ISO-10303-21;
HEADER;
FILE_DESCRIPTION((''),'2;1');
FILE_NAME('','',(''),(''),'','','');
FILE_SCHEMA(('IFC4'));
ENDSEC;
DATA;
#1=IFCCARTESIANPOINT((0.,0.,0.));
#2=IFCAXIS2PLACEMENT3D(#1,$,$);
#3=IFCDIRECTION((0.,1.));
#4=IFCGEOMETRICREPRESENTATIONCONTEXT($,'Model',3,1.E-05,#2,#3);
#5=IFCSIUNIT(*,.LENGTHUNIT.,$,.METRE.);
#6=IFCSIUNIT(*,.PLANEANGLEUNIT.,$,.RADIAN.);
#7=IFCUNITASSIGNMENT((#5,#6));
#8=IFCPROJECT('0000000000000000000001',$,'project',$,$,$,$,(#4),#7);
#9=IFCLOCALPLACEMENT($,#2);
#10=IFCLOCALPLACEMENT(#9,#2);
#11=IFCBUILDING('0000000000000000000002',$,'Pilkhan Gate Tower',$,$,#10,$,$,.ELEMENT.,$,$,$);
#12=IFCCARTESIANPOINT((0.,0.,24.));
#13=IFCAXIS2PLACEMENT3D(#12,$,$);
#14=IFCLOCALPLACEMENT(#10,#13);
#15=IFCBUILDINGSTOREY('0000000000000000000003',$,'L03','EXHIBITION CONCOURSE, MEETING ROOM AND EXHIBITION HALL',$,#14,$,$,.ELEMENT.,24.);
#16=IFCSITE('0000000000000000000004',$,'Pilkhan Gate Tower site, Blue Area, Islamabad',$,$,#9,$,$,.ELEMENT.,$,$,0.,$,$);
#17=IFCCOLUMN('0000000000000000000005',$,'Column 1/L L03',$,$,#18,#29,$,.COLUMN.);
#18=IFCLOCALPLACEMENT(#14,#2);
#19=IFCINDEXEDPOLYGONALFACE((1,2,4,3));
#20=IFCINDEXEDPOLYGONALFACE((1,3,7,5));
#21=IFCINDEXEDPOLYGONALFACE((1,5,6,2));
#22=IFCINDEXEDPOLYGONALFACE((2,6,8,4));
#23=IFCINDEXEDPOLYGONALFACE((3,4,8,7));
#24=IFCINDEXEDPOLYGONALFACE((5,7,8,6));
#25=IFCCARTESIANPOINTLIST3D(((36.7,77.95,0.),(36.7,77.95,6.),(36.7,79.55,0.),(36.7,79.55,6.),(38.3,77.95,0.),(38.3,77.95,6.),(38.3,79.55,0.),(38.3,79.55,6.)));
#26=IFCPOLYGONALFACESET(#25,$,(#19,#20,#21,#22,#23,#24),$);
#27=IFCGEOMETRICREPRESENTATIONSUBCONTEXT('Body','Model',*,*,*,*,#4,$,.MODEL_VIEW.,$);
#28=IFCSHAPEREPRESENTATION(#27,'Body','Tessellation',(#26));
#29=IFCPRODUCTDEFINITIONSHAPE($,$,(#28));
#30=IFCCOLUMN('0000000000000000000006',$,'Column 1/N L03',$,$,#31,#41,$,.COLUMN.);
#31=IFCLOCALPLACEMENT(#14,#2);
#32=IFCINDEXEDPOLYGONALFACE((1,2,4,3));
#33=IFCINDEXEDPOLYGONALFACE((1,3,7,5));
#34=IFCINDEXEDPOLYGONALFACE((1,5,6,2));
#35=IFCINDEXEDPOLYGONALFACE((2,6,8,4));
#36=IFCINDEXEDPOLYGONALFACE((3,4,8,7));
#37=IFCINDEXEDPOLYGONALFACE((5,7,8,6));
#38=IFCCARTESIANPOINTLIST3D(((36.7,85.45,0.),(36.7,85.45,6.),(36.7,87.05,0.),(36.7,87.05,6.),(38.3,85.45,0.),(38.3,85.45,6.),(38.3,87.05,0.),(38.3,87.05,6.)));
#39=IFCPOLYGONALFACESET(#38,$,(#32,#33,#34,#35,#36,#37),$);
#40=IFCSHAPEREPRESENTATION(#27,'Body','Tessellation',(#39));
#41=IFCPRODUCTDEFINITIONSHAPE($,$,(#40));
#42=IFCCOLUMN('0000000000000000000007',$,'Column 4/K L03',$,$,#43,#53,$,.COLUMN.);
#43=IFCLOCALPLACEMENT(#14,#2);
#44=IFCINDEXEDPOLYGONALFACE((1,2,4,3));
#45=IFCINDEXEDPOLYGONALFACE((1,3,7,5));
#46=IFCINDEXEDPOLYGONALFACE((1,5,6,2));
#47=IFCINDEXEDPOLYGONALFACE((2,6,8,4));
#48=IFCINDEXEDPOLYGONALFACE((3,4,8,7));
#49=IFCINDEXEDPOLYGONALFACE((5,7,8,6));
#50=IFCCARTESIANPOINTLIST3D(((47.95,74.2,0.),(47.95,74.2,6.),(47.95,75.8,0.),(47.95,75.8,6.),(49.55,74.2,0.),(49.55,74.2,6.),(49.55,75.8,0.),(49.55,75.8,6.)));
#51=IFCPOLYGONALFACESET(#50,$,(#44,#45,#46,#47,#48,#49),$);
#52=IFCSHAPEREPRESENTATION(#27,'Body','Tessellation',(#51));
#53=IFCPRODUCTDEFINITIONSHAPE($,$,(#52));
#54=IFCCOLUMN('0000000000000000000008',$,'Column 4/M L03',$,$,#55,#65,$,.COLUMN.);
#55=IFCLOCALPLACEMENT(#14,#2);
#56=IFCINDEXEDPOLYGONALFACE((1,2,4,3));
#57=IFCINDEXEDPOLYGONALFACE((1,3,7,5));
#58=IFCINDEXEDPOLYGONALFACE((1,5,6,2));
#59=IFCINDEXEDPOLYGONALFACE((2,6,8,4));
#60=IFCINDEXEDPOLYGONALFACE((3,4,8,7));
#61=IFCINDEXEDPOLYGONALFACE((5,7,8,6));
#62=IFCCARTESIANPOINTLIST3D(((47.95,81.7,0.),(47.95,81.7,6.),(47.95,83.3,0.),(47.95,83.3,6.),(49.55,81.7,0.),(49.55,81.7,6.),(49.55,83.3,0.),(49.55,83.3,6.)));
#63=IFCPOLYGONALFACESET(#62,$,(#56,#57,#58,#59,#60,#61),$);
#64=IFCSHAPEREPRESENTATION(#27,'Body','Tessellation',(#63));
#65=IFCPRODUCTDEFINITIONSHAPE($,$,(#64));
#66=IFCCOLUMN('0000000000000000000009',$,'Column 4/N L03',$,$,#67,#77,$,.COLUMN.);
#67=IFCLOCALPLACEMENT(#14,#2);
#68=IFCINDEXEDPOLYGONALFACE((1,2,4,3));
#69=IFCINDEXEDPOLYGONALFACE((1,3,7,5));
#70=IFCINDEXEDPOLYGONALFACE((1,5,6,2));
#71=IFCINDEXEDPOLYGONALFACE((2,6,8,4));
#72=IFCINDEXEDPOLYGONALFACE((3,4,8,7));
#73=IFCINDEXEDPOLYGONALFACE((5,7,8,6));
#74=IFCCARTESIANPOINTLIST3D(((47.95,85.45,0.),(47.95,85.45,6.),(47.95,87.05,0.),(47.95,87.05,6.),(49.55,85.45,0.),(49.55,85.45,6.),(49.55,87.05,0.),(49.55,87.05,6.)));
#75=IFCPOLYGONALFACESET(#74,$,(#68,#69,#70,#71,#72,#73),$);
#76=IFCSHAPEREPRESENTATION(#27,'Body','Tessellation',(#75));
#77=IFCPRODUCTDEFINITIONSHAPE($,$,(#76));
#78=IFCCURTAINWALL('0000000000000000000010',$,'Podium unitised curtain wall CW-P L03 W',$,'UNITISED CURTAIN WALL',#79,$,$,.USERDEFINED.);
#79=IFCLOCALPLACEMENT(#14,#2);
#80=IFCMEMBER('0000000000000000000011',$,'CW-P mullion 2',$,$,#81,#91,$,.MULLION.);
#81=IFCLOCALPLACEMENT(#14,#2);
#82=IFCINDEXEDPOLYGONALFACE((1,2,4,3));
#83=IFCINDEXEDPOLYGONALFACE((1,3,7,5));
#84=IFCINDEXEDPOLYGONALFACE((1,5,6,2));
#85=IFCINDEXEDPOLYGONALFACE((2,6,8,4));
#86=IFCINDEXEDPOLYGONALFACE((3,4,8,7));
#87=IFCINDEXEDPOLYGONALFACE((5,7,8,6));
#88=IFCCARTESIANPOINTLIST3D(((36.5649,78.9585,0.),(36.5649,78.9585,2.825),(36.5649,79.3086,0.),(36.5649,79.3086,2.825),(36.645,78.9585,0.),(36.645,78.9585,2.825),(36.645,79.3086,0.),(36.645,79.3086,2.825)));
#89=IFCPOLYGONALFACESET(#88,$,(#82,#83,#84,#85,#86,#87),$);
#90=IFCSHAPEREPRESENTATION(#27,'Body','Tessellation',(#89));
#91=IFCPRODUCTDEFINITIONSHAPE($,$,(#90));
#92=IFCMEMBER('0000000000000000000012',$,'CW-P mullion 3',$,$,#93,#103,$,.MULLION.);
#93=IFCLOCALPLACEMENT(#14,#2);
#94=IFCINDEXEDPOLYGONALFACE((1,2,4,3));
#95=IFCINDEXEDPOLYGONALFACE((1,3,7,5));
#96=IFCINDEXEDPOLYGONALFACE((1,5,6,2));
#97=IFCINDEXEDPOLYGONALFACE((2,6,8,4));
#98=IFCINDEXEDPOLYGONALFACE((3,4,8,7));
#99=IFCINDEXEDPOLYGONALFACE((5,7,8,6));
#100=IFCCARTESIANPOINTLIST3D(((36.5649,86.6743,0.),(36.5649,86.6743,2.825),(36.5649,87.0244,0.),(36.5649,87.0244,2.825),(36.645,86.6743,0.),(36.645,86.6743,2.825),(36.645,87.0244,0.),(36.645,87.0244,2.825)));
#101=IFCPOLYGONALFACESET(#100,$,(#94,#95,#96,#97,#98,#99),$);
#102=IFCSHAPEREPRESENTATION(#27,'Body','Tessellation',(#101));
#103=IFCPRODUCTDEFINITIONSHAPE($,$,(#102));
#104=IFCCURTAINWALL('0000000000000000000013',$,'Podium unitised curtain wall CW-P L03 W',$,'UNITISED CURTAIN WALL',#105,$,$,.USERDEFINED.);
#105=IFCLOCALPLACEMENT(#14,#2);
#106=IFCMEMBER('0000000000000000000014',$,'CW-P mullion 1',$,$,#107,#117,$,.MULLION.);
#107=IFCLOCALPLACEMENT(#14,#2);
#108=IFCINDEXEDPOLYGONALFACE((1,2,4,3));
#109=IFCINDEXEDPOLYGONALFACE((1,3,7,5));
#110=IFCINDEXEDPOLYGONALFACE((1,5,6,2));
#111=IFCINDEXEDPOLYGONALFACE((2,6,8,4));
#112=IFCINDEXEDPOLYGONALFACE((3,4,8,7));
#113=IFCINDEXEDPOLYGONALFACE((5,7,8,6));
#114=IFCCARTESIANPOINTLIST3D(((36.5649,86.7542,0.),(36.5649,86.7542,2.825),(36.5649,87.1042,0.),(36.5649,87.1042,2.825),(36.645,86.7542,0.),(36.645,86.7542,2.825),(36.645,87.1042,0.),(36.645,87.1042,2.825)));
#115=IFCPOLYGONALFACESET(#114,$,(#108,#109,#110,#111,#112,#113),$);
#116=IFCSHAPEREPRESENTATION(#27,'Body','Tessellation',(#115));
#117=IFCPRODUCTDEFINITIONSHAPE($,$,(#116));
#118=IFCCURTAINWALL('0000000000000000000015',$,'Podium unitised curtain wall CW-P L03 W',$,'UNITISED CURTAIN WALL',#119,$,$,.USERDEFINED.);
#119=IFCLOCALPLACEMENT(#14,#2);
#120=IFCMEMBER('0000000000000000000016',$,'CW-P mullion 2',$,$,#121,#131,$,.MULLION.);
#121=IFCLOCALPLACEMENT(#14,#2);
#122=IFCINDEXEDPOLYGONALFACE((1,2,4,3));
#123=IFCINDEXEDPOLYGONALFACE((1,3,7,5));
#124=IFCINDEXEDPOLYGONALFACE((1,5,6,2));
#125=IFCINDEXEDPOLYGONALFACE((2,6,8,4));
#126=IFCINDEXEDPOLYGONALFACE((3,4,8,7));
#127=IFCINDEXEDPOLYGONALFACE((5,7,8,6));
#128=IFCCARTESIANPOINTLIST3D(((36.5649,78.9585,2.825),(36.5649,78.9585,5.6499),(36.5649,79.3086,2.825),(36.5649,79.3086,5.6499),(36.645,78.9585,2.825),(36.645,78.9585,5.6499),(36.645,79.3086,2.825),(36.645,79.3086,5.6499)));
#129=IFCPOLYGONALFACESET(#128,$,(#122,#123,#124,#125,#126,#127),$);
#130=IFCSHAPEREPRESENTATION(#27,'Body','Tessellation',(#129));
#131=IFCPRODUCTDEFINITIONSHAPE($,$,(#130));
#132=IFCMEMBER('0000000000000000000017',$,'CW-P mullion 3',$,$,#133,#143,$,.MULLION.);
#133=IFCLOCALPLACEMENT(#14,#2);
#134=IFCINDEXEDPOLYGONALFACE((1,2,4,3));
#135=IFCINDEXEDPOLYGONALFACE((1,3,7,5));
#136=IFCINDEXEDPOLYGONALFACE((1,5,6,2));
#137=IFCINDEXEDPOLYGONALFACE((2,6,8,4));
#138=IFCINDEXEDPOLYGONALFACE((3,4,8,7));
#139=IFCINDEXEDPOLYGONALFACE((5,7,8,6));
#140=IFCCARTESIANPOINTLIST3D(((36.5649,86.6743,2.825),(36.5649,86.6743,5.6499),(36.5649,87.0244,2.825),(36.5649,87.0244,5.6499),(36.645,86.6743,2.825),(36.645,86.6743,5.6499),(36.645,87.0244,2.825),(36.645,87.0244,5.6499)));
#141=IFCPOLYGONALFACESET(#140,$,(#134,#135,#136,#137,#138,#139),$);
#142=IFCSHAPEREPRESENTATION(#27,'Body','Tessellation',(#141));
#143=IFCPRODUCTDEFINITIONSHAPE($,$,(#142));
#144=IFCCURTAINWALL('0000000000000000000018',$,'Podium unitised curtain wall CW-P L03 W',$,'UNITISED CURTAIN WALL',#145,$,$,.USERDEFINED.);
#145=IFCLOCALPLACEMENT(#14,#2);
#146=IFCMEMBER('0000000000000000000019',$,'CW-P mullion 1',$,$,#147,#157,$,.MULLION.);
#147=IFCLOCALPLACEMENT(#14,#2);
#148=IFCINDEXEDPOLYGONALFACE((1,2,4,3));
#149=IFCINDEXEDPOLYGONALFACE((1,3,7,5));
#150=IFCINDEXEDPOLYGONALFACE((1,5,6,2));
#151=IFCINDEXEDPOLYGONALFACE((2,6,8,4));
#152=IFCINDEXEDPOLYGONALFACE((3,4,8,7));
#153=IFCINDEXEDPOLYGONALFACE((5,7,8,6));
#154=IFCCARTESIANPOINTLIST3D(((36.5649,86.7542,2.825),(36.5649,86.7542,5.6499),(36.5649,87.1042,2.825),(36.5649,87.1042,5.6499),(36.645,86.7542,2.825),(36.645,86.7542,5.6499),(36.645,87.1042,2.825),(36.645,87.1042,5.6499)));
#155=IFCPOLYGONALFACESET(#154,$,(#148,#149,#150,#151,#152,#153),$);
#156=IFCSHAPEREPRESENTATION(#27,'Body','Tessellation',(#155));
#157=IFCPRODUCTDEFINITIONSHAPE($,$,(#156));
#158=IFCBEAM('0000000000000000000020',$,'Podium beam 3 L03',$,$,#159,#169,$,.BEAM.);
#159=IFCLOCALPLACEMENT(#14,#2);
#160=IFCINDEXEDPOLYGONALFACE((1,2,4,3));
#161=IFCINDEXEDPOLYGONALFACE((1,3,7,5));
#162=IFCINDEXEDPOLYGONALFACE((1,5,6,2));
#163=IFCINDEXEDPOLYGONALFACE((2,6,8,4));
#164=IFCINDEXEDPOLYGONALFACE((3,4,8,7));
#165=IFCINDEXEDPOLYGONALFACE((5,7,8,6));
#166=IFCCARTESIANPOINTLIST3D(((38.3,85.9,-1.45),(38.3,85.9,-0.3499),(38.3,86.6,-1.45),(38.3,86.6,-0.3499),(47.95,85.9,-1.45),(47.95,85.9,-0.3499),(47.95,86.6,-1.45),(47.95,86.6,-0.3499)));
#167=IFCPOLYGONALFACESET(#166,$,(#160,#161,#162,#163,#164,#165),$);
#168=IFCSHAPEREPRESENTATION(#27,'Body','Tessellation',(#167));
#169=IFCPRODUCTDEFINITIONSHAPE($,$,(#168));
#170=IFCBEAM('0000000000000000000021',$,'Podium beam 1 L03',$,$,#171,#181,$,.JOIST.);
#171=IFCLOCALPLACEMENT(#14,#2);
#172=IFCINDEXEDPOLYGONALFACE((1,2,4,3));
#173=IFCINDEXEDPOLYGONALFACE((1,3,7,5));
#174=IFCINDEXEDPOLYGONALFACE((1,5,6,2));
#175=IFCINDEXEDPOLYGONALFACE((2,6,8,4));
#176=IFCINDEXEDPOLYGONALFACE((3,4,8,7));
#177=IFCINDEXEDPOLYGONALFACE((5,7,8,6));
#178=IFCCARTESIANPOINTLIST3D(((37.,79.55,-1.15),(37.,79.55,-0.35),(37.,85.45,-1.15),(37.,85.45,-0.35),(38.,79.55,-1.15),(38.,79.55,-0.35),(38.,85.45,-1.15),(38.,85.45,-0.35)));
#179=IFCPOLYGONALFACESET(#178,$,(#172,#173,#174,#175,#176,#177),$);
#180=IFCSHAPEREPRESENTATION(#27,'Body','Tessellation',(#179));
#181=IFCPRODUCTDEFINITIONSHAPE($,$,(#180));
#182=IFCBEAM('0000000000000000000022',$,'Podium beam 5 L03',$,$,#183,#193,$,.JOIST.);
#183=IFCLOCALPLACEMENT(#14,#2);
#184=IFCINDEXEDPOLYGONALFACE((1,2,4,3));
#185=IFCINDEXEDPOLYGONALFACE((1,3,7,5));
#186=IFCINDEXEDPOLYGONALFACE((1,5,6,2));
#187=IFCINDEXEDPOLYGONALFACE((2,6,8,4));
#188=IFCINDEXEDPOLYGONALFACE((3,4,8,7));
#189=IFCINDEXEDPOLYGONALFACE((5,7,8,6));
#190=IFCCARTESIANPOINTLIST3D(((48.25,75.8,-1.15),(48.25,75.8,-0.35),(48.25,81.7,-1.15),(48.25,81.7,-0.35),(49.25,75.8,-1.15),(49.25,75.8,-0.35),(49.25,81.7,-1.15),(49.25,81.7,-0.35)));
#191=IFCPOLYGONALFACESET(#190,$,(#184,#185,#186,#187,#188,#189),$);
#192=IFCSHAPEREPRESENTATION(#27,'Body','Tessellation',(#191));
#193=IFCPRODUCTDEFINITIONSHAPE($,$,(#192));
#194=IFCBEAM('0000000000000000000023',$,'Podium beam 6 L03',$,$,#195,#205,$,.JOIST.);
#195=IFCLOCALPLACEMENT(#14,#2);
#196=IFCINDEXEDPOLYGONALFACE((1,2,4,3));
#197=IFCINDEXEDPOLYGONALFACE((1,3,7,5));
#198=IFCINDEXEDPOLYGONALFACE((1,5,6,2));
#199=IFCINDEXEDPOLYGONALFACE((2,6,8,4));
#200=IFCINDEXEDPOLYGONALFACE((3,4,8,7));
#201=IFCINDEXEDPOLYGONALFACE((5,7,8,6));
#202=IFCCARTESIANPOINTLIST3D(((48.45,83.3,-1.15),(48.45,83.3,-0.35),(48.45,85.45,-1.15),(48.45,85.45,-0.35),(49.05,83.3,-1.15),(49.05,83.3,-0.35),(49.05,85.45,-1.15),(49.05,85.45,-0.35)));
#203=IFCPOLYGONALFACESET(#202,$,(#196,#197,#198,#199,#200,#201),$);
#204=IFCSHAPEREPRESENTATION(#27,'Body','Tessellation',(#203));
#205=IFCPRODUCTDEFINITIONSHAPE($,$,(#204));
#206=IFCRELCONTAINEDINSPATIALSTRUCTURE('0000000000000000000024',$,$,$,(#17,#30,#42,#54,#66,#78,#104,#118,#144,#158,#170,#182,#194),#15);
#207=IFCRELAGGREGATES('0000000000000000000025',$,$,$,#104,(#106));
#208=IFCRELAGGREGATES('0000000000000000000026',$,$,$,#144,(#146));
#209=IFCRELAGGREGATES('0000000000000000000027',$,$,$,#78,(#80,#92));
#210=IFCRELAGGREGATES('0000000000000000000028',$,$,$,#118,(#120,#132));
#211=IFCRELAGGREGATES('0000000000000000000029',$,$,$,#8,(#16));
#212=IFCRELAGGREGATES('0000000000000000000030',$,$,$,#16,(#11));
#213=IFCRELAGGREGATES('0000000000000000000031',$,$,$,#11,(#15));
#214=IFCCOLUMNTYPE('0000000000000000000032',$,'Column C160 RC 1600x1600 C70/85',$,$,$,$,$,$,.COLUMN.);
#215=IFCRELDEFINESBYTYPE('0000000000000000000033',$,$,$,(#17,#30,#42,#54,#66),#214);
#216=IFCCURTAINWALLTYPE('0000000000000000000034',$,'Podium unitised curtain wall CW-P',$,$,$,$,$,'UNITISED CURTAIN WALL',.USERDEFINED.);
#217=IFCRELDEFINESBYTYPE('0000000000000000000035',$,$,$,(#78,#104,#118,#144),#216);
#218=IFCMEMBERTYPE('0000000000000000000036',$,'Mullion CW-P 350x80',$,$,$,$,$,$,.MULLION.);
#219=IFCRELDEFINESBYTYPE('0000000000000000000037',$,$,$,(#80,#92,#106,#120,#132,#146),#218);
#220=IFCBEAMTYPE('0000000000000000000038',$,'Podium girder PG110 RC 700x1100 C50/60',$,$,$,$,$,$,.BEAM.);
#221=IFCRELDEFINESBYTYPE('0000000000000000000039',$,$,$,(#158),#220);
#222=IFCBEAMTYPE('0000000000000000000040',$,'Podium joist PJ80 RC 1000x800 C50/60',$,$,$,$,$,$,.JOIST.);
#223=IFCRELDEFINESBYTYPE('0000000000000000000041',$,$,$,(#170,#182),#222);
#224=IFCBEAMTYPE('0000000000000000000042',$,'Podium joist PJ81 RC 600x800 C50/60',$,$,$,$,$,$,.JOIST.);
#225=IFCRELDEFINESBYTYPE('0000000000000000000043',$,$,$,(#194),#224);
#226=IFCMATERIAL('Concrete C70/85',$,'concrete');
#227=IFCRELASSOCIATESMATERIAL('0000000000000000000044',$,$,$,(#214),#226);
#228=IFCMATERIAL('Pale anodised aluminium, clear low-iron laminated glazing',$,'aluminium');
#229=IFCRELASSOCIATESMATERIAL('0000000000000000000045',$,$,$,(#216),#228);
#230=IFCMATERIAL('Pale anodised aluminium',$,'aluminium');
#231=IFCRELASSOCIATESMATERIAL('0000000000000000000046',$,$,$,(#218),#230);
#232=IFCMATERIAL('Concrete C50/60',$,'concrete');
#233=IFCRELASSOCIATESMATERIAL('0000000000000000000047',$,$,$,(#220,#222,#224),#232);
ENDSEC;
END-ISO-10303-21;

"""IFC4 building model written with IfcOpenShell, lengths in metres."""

from ifc_helpers import new_model, si_unit, direction, frame, origin, origin_2d, place, context, subcontext, project, spatial, rectangle, extrude, material, material_profile, profile_set, type_object, element, aggregate, save


model = new_model("IFC4")

# Units and contexts
model_context = context("Model", 3, precision=1e-05, world=origin(), true_north=direction((0.0, 1.0)))
body_context = subcontext(model_context, "Body", "Model", "MODEL_VIEW")
ifc_project = project(units=[si_unit("LENGTHUNIT", "METRE"), si_unit("PLANEANGLEUNIT", "RADIAN")], contexts=[model_context])

# Site, building, storey
site_placement = place(None, origin())
site = spatial("IfcSite", under=ifc_project, at=site_placement, Name="Pilkhan Gate Tower site, Blue Area, Islamabad", CompositionType="ELEMENT", RefElevation=0.0)
building_placement = place(site_placement, origin())
building = spatial("IfcBuilding", under=site, at=building_placement, Name="Pilkhan Gate Tower", CompositionType="ELEMENT")
storey_placement = place(building_placement, frame((0.0, 0.0, 24.0)))
storey = spatial("IfcBuildingStorey", under=building, at=storey_placement, Name="L03", Description="EXHIBITION CONCOURSE, MEETING ROOM AND EXHIBITION HALL", CompositionType="ELEMENT", Elevation=24.0)

# Columns
ifc_material_1 = material(Name="Concrete C70/85", Category="concrete")
ifc_material_profile_1 = material_profile(ifc_material_1, rectangle(XDim=1.6001, YDim=1.6001, at=origin_2d()), Name="RC 1600x1600")
ifc_profile_set_1 = profile_set([ifc_material_profile_1], Name="Concrete C70/85")
column_type = type_object("IfcColumnType", Name="Column C160 RC 1600x1600 C70/85", PredefinedType="COLUMN", material=ifc_profile_set_1)
for number, where, z_axis, x_axis, name in (
    (1, (37.5, 78.75, 0.0), (0.0, 0.0, 1.0), (1.0, 0.0, 0.0), "Column 1/L L03"),
    (2, (37.5, 86.25, 0.0), (0.0, 0.0, 1.0), (1.0, 0.0, 0.0), "Column 1/N L03"),
    (3, (48.75, 75.0, 0.0), (0.0, 0.0, 1.0), (1.0, 0.0, 0.0), "Column 4/K L03"),
    (4, (48.75, 82.5, 0.0), (0.0, 0.0, 1.0), (1.0, 0.0, 0.0), "Column 4/M L03"),
    (5, (48.75, 86.25, 0.0), (0.0, 0.0, 1.0), (1.0, 0.0, 0.0), "Column 4/N L03"),
):
    element("IfcColumn", number, at=place(storey_placement, frame(where, z_axis=z_axis, x_axis=x_axis)), inside=storey, type_object=column_type, Name=name, PredefinedType="COLUMN", context=body_context, shape_type="SweptSolid", body=[
        extrude(rectangle(XDim=1.6001, YDim=1.6001, at=origin_2d()), origin(), (0.0, 0.0, 1.0), 6.0),
    ])

# Curtain wall, members
ifc_material_2 = material(Name="Pale anodised aluminium, clear low-iron laminated glazing", Category="aluminium")
curtain_wall_type = type_object("IfcCurtainWallType", Name="Podium unitised curtain wall CW-P", ElementType="UNITISED CURTAIN WALL", PredefinedType="USERDEFINED", material=ifc_material_2)
curtain_wall_1_placement = place(storey_placement, origin())
curtain_wall_1 = element("IfcCurtainWall", 6, at=curtain_wall_1_placement, inside=storey, type_object=curtain_wall_type, Name="Podium unitised curtain wall CW-P L03 W", ObjectType="UNITISED CURTAIN WALL", PredefinedType="USERDEFINED")
ifc_material_3 = material(Name="Pale anodised aluminium", Category="aluminium")
ifc_material_profile_2 = material_profile(ifc_material_3, rectangle(XDim=0.0801, YDim=0.3501, at=origin_2d()), Name="Mullion 350x80")
ifc_profile_set_2 = profile_set([ifc_material_profile_2], Name="Pale anodised aluminium")
member_type_1 = type_object("IfcMemberType", Name="Mullion CW-P 350x80", PredefinedType="MULLION", material=ifc_profile_set_2)
member_1_placement = place(storey_placement, frame((36.605, 79.1335, 0.0), z_axis=(0.0, 0.0, 1.0), x_axis=(-1.0, 0.0, 0.0)))
member_1 = element("IfcMember", 7, at=member_1_placement, type_object=member_type_1, Name="CW-P mullion 2", PredefinedType="MULLION", context=body_context, shape_type="SweptSolid", body=[
    extrude(rectangle(XDim=0.0801, YDim=0.3501, at=origin_2d()), origin(), (0.0, 0.0, 1.0), 2.825),
])
member_2_placement = place(storey_placement, frame((36.605, 86.8494, 0.0), z_axis=(0.0, 0.0, 1.0), x_axis=(-1.0, 0.0, 0.0)))
member_2 = element("IfcMember", 8, at=member_2_placement, type_object=member_type_1, Name="CW-P mullion 3", PredefinedType="MULLION", context=body_context, shape_type="SweptSolid", body=[
    extrude(rectangle(XDim=0.0801, YDim=0.3501, at=origin_2d()), origin(), (0.0, 0.0, 1.0), 2.825),
])

# Curtain wall, member
curtain_wall_2_placement = place(storey_placement, origin())
curtain_wall_2 = element("IfcCurtainWall", 9, at=curtain_wall_2_placement, inside=storey, type_object=curtain_wall_type, Name="Podium unitised curtain wall CW-P L03 W", ObjectType="UNITISED CURTAIN WALL", PredefinedType="USERDEFINED")
member_3_placement = place(storey_placement, frame((36.605, 86.9292, 0.0), z_axis=(0.0, 0.0, 1.0), x_axis=(-1.0, 0.0, 0.0)))
member_3 = element("IfcMember", 10, at=member_3_placement, type_object=member_type_1, Name="CW-P mullion 1", PredefinedType="MULLION", context=body_context, shape_type="SweptSolid", body=[
    extrude(rectangle(XDim=0.0801, YDim=0.3501, at=origin_2d()), origin(), (0.0, 0.0, 1.0), 2.825),
])

# Curtain wall, members
curtain_wall_3_placement = place(storey_placement, origin())
curtain_wall_3 = element("IfcCurtainWall", 11, at=curtain_wall_3_placement, inside=storey, type_object=curtain_wall_type, Name="Podium unitised curtain wall CW-P L03 W", ObjectType="UNITISED CURTAIN WALL", PredefinedType="USERDEFINED")
member_4_placement = place(storey_placement, frame((36.605, 79.1335, 2.825), z_axis=(0.0, 0.0, 1.0), x_axis=(-1.0, 0.0, 0.0)))
member_4 = element("IfcMember", 12, at=member_4_placement, type_object=member_type_1, Name="CW-P mullion 2", PredefinedType="MULLION", context=body_context, shape_type="SweptSolid", body=[
    extrude(rectangle(XDim=0.0801, YDim=0.3501, at=origin_2d()), origin(), (0.0, 0.0, 1.0), 2.825),
])
member_5_placement = place(storey_placement, frame((36.605, 86.8494, 2.825), z_axis=(0.0, 0.0, 1.0), x_axis=(-1.0, 0.0, 0.0)))
member_5 = element("IfcMember", 13, at=member_5_placement, type_object=member_type_1, Name="CW-P mullion 3", PredefinedType="MULLION", context=body_context, shape_type="SweptSolid", body=[
    extrude(rectangle(XDim=0.0801, YDim=0.3501, at=origin_2d()), origin(), (0.0, 0.0, 1.0), 2.825),
])

# Curtain wall, member
curtain_wall_4_placement = place(storey_placement, origin())
curtain_wall_4 = element("IfcCurtainWall", 14, at=curtain_wall_4_placement, inside=storey, type_object=curtain_wall_type, Name="Podium unitised curtain wall CW-P L03 W", ObjectType="UNITISED CURTAIN WALL", PredefinedType="USERDEFINED")
member_6_placement = place(storey_placement, frame((36.605, 86.9292, 2.825), z_axis=(0.0, 0.0, 1.0), x_axis=(-1.0, 0.0, 0.0)))
member_6 = element("IfcMember", 15, at=member_6_placement, type_object=member_type_1, Name="CW-P mullion 1", PredefinedType="MULLION", context=body_context, shape_type="SweptSolid", body=[
    extrude(rectangle(XDim=0.0801, YDim=0.3501, at=origin_2d()), origin(), (0.0, 0.0, 1.0), 2.825),
])

# Beams
ifc_material_4 = material(Name="Concrete C50/60", Category="concrete")
ifc_material_profile_3 = material_profile(ifc_material_4, rectangle(XDim=0.7, YDim=1.1001, at=origin_2d()), Name="RC 700x1100")
ifc_profile_set_3 = profile_set([ifc_material_profile_3], Name="Concrete C50/60")
beam_type_1 = type_object("IfcBeamType", Name="Podium girder PG110 RC 700x1100 C50/60", PredefinedType="BEAM", material=ifc_profile_set_3)
beam_1_placement = place(storey_placement, frame((38.3, 86.25, -0.8999), z_axis=(1.0, 0.0, 0.0), x_axis=(0.0, 1.0, 0.0)))
element("IfcBeam", 16, at=beam_1_placement, inside=storey, type_object=beam_type_1, Name="Podium beam 3 L03", PredefinedType="BEAM", context=body_context, shape_type="SweptSolid", body=[
    extrude(rectangle(XDim=0.7, YDim=1.1001, at=origin_2d()), origin(), (0.0, 0.0, 1.0), 9.6499),
])
ifc_material_profile_4 = material_profile(ifc_material_4, rectangle(XDim=1.0, YDim=0.8, at=origin_2d()), Name="RC 1000x800")
ifc_profile_set_4 = profile_set([ifc_material_profile_4], Name="Concrete C50/60")
beam_type_2 = type_object("IfcBeamType", Name="Podium joist PJ80 RC 1000x800 C50/60", PredefinedType="JOIST", material=ifc_profile_set_4)
for number, where, z_axis, x_axis, name in (
    (17, (37.5, 79.55, -0.75), (0.0, 1.0, 0.0), (-1.0, 0.0, 0.0), "Podium beam 1 L03"),
    (18, (48.75, 75.8, -0.75), (0.0, 1.0, 0.0), (-1.0, 0.0, 0.0), "Podium beam 5 L03"),
):
    element("IfcBeam", number, at=place(storey_placement, frame(where, z_axis=z_axis, x_axis=x_axis)), inside=storey, type_object=beam_type_2, Name=name, PredefinedType="JOIST", context=body_context, shape_type="SweptSolid", body=[
        extrude(rectangle(XDim=1.0, YDim=0.8, at=origin_2d()), origin(), (0.0, 0.0, 1.0), 5.8999),
    ])
ifc_material_profile_5 = material_profile(ifc_material_4, rectangle(XDim=0.6001, YDim=0.8, at=origin_2d()), Name="RC 600x800")
ifc_profile_set_5 = profile_set([ifc_material_profile_5], Name="Concrete C50/60")
beam_type_3 = type_object("IfcBeamType", Name="Podium joist PJ81 RC 600x800 C50/60", PredefinedType="JOIST", material=ifc_profile_set_5)
beam_2_placement = place(storey_placement, frame((48.75, 83.3, -0.75), z_axis=(0.0, 1.0, 0.0), x_axis=(-1.0, 0.0, 0.0)))
element("IfcBeam", 19, at=beam_2_placement, inside=storey, type_object=beam_type_3, Name="Podium beam 6 L03", PredefinedType="JOIST", context=body_context, shape_type="SweptSolid", body=[
    extrude(rectangle(XDim=0.6001, YDim=0.8, at=origin_2d()), origin(), (0.0, 0.0, 1.0), 2.1499),
])

aggregate(curtain_wall_2, [member_3])
aggregate(curtain_wall_4, [member_6])

aggregate(curtain_wall_1, [member_1, member_2])
aggregate(curtain_wall_3, [member_4, member_5])

save(model, "model.ifc")
